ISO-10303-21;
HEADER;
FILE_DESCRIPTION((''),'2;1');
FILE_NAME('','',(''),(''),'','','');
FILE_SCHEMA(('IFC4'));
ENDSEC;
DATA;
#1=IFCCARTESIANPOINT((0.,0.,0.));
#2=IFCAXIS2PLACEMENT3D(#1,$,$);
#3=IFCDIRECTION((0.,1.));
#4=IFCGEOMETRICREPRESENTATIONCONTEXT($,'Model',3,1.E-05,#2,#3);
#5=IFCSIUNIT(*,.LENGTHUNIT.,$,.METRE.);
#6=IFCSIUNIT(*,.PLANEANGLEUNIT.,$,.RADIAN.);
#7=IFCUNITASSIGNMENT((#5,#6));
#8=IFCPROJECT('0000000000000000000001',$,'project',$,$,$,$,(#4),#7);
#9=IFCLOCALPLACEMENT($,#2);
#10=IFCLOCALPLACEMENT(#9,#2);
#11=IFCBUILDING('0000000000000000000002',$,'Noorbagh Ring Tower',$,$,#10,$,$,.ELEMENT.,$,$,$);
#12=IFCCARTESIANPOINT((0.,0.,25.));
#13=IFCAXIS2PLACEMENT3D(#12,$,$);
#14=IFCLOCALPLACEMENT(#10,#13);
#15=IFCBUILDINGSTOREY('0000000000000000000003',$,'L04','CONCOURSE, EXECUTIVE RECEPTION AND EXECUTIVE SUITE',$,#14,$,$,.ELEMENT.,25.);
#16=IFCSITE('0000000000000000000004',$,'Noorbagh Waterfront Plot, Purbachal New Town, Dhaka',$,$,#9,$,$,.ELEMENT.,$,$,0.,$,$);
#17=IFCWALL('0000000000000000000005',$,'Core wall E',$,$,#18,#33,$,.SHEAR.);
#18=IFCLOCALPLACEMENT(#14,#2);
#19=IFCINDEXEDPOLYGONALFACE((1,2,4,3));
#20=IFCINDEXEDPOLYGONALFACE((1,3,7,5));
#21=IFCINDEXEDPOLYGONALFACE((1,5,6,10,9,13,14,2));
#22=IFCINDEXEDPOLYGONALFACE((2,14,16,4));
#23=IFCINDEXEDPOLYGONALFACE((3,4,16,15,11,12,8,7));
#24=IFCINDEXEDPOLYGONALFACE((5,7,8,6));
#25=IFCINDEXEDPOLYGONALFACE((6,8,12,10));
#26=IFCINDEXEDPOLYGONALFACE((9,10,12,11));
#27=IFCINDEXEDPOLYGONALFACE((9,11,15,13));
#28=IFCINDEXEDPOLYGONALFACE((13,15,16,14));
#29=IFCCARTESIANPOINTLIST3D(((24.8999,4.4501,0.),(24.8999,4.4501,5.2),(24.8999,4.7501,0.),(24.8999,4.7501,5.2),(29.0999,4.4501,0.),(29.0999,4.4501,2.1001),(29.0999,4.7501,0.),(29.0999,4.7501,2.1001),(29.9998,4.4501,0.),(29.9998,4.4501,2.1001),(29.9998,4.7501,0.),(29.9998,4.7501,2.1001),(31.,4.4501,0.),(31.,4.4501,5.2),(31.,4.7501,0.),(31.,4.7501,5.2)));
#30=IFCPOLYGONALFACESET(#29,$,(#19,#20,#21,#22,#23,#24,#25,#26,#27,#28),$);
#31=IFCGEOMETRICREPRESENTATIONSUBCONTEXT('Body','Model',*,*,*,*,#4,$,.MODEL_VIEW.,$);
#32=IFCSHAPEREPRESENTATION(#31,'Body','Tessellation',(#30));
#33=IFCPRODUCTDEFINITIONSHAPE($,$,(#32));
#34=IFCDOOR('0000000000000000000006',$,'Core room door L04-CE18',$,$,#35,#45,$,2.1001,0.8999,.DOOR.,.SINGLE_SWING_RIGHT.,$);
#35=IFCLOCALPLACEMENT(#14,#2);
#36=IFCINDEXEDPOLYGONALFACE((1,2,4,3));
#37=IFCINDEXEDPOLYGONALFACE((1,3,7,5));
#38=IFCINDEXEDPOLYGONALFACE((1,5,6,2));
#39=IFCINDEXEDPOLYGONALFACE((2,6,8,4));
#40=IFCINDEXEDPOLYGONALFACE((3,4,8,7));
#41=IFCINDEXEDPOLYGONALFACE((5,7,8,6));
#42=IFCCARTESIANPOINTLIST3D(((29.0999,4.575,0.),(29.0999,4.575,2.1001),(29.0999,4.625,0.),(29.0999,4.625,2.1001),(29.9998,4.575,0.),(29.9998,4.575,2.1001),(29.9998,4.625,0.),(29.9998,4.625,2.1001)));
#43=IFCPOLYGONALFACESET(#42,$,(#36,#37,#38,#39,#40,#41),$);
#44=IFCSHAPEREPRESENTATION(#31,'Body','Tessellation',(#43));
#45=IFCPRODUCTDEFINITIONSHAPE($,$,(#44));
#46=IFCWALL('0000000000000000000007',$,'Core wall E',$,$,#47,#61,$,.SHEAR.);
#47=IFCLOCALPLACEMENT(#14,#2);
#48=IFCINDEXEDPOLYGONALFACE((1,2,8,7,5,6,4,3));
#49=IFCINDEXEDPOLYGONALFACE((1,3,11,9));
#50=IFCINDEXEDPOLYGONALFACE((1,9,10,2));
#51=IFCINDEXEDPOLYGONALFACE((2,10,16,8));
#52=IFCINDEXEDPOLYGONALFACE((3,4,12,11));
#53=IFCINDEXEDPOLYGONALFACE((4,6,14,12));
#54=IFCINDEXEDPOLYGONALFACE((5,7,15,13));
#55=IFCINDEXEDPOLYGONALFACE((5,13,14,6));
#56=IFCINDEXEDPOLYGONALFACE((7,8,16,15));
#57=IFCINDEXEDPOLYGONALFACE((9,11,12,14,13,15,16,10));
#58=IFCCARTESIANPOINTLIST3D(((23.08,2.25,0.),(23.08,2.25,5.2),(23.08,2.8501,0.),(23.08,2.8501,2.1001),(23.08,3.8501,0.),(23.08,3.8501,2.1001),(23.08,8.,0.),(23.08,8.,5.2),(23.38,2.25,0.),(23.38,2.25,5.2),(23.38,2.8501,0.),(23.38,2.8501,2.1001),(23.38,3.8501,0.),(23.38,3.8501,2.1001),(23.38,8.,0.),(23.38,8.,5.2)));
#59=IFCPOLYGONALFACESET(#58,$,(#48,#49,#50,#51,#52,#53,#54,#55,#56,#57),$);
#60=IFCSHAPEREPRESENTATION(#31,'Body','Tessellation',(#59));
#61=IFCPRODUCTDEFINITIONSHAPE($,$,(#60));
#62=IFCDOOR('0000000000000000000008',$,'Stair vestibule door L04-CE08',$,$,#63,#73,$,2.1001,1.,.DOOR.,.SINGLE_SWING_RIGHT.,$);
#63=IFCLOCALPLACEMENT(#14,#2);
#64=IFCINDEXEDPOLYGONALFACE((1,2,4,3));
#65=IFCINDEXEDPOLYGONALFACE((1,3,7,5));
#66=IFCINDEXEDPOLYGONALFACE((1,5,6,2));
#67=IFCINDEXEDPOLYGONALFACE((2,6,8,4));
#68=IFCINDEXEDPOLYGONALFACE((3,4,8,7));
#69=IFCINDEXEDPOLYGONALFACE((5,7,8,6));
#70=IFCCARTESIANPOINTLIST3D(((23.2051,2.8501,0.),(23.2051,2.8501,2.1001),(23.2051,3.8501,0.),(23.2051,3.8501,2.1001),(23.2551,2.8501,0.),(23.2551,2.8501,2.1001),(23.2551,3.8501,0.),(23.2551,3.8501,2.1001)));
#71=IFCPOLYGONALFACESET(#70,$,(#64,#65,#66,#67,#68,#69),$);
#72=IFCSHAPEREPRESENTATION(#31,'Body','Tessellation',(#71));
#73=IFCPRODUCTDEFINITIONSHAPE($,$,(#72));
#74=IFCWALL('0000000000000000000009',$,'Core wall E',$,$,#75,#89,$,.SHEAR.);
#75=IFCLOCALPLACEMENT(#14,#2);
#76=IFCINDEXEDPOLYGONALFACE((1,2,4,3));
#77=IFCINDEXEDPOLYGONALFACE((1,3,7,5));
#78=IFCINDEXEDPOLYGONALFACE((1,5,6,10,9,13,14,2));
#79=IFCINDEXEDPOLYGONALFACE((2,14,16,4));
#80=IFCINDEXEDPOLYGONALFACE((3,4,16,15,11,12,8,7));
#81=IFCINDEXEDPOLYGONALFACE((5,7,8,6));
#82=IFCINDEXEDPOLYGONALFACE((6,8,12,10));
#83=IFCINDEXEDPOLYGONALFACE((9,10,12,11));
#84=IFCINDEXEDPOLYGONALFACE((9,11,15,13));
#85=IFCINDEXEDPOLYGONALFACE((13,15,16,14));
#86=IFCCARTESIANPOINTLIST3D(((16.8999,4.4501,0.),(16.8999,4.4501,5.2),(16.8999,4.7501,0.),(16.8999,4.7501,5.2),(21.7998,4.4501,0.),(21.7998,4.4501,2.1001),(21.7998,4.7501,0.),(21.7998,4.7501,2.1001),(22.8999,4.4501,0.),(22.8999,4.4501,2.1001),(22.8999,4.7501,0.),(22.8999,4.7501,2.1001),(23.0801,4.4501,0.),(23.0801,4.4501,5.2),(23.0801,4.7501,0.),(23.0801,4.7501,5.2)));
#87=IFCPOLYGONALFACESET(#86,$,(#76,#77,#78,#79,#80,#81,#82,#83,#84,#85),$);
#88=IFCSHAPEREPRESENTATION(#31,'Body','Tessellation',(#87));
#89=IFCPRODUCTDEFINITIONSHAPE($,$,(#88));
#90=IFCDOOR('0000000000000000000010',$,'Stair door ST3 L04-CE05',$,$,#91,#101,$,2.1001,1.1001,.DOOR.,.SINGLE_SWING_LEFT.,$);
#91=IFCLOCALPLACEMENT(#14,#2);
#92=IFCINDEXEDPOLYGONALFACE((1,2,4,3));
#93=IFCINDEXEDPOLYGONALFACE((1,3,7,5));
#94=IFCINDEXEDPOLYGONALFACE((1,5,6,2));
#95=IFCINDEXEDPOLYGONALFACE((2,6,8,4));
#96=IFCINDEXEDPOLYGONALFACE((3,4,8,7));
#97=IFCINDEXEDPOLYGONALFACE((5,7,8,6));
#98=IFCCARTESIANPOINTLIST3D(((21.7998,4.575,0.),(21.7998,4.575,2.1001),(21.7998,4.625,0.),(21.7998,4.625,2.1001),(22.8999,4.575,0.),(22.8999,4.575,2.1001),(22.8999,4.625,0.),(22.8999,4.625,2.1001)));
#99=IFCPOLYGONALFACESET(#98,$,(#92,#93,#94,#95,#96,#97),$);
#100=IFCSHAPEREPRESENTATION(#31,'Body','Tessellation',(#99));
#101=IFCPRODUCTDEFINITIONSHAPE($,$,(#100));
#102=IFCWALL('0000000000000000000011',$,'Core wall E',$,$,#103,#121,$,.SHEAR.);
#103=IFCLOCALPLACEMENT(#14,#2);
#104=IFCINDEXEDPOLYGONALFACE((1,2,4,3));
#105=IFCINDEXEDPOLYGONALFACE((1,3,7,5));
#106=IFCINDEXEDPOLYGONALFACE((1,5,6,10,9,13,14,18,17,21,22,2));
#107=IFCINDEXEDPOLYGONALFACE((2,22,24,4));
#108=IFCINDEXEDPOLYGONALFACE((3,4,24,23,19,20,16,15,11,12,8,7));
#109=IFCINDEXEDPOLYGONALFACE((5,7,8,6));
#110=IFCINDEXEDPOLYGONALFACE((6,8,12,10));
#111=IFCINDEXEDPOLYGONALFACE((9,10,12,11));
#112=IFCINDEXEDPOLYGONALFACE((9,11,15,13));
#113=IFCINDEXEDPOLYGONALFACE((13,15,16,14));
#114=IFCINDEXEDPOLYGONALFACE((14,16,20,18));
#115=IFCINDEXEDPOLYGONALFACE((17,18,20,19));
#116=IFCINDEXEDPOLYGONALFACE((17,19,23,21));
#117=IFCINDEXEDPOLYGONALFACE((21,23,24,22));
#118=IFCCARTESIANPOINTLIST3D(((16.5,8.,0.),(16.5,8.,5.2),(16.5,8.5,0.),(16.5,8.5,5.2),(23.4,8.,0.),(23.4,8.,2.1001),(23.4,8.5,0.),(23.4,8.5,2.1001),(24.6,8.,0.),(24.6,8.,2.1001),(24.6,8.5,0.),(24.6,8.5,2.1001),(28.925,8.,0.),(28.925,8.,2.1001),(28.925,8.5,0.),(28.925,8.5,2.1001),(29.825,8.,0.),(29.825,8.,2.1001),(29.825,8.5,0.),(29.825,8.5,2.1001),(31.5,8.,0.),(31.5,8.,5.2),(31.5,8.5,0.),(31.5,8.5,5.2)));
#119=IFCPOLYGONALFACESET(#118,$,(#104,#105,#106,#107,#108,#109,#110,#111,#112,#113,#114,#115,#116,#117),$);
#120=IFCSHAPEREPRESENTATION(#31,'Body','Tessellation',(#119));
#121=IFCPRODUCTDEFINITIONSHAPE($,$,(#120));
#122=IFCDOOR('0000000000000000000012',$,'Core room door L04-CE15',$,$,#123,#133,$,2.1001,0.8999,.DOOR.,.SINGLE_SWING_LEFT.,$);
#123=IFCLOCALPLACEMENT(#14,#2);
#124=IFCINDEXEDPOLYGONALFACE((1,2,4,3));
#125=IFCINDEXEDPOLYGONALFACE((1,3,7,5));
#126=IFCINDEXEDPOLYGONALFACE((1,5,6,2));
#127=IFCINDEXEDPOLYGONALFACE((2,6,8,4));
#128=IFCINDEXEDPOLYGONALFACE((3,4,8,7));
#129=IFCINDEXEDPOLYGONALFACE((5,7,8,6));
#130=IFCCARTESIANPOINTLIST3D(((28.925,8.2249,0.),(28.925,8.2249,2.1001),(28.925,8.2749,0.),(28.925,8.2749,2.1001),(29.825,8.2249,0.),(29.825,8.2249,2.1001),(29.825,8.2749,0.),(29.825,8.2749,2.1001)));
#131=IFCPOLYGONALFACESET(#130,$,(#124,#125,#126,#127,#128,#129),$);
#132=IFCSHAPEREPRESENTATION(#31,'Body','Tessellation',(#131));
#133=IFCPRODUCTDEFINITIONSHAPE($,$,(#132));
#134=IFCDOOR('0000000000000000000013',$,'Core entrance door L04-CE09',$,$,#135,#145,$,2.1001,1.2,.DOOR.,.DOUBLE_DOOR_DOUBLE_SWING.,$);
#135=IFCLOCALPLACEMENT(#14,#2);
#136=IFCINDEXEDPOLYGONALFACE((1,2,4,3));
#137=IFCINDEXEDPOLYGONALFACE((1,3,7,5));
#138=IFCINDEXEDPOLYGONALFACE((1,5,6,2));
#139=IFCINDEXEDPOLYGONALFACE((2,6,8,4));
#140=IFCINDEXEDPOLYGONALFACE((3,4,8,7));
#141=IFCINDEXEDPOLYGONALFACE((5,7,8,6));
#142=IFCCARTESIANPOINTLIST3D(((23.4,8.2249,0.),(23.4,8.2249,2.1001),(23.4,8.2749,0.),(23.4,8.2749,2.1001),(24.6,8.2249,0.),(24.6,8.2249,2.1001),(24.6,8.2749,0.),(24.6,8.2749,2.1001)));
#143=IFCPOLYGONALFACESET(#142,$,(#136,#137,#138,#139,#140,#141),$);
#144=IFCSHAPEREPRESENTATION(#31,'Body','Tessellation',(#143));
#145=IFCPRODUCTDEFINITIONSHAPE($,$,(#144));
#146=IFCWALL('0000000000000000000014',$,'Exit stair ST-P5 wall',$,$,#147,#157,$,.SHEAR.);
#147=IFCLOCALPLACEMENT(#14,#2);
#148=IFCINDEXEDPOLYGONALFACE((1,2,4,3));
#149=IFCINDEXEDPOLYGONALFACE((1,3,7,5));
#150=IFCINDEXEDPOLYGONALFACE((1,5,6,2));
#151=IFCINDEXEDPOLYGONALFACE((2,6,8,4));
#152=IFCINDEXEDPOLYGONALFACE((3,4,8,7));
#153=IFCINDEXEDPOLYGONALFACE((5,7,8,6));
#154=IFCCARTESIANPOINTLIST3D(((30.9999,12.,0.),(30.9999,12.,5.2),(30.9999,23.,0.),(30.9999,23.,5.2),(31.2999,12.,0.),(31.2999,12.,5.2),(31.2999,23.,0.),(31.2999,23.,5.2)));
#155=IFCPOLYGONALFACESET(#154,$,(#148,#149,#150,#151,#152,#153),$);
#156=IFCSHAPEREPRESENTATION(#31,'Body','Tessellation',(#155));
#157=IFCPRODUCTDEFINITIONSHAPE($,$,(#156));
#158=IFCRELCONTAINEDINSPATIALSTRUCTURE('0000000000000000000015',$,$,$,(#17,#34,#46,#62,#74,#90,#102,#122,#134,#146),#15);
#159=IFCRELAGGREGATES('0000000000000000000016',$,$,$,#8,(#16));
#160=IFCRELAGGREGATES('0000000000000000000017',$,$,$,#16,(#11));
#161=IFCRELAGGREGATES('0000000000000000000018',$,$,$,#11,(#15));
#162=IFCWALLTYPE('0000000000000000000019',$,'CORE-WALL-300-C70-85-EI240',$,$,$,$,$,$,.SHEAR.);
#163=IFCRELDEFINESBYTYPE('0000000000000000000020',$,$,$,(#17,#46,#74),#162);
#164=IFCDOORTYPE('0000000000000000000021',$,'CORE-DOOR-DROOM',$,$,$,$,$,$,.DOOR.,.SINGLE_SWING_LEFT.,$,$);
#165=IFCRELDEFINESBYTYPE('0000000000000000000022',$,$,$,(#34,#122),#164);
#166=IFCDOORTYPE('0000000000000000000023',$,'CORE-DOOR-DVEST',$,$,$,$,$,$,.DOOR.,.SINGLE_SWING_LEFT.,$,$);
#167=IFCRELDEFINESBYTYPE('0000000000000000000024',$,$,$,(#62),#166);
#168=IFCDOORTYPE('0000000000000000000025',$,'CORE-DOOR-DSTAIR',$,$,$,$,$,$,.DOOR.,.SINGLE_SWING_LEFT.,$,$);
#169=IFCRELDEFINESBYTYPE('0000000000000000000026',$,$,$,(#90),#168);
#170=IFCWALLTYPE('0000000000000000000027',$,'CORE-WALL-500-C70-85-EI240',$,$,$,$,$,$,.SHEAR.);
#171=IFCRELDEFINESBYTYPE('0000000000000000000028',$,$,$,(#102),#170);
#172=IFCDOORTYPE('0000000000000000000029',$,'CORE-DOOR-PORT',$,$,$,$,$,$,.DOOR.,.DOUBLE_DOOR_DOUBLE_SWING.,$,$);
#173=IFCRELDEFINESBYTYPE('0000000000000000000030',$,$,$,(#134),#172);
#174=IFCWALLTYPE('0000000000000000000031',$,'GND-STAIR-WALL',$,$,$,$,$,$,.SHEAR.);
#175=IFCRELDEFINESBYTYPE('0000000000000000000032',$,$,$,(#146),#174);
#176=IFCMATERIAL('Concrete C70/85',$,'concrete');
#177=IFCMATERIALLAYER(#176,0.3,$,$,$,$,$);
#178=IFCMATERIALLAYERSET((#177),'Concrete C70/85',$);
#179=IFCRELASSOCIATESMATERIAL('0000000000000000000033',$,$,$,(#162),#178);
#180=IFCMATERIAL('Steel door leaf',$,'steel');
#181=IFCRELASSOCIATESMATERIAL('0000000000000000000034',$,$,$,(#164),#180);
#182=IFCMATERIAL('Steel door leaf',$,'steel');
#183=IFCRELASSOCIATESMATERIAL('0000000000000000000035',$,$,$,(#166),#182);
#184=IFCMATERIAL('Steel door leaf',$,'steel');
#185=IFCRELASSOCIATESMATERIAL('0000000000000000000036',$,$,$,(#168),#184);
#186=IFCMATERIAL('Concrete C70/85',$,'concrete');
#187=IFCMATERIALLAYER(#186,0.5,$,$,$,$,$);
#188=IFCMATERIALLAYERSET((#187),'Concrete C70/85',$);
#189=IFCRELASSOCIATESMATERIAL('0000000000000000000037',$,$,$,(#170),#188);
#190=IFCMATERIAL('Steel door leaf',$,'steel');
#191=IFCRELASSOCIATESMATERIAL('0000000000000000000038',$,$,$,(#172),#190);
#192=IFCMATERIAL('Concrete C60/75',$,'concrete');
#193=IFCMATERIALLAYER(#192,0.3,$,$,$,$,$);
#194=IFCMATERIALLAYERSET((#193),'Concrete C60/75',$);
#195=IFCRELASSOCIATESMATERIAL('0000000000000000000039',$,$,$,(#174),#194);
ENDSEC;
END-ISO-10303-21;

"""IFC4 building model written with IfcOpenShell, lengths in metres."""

from ifc_helpers import new_model, si_unit, direction, frame, frame_2d, origin, place, context, subcontext, project, spatial, rectangle, extrude, material, layer, layer_set, type_object, element, fill, save


model = new_model("IFC4")

# Units and contexts
model_context = context("Model", 3, precision=1e-05, world=origin(), true_north=direction((0.0, 1.0)))
body_context = subcontext(model_context, "Body", "Model", "MODEL_VIEW")
ifc_project = project(units=[si_unit("LENGTHUNIT", "METRE"), si_unit("PLANEANGLEUNIT", "RADIAN")], contexts=[model_context])

# Site, building, storey
site_placement = place(None, origin())
site = spatial("IfcSite", under=ifc_project, at=site_placement, Name="Noorbagh Waterfront Plot, Purbachal New Town, Dhaka", CompositionType="ELEMENT", RefElevation=0.0)
building_placement = place(site_placement, origin())
building = spatial("IfcBuilding", under=site, at=building_placement, Name="Noorbagh Ring Tower", CompositionType="ELEMENT")
storey_placement = place(building_placement, frame((0.0, 0.0, 25.0)))
storey = spatial("IfcBuildingStorey", under=building, at=storey_placement, Name="L04", Description="CONCOURSE, EXECUTIVE RECEPTION AND EXECUTIVE SUITE", CompositionType="ELEMENT", Elevation=25.0)

# Walls, openings, doors
ifc_material_1 = material(Name="Concrete C70/85", Category="concrete")
ifc_layer_1 = layer(ifc_material_1, 0.3)
ifc_layer_set_1 = layer_set([ifc_layer_1], Name="Concrete C70/85")
wall_type_1 = type_object("IfcWallType", Name="CORE-WALL-300-C70-85-EI240", PredefinedType="SHEAR", material=ifc_layer_set_1)
wall_1_placement = place(storey_placement, frame((24.8999, 4.6001, 0.0), z_axis=(0.0, 0.0, 1.0), x_axis=(1.0, 0.0, 0.0)))
wall_1 = element("IfcWall", 1, at=wall_1_placement, inside=storey, type_object=wall_type_1, Name="Core wall E", PredefinedType="SHEAR", context=body_context, shape_type="SweptSolid", body=[
    extrude(rectangle(XDim=6.1001, YDim=0.3, at=frame_2d((3.05, 0.0))), origin(), (0.0, 0.0, 1.0), 5.2),
])
opening_1_placement = place(wall_1_placement, frame((4.2, 0.0, 0.0)))
opening_1 = element("IfcOpeningElement", 2, at=opening_1_placement, cuts=wall_1, PredefinedType="OPENING", context=body_context, shape_type="SweptSolid", body=[
    extrude(rectangle(XDim=0.8999, YDim=2.1001, at=frame_2d((0.45, 1.05))), frame((0.0, 0.1602, 0.0), z_axis=(0.0, -1.0, 0.0), x_axis=(1.0, 0.0, 0.0)), (0.0, 0.0, 1.0), 0.3201),
])
ifc_material_2 = material(Name="Steel door leaf", Category="steel")
door_type_1 = type_object("IfcDoorType", Name="CORE-DOOR-DROOM", OperationType="SINGLE_SWING_LEFT", PredefinedType="DOOR", material=ifc_material_2)
door_1_placement = place(opening_1_placement, origin())
door_1 = element("IfcDoor", 3, at=door_1_placement, inside=storey, type_object=door_type_1, Name="Core room door L04-CE18", OperationType="SINGLE_SWING_RIGHT", OverallHeight=2.1001, OverallWidth=0.8999, PredefinedType="DOOR", context=body_context, shape_type="SweptSolid", body=[
    extrude(rectangle(XDim=0.8999, YDim=2.1001, at=frame_2d((0.45, 1.05))), frame((0.0, 0.0249, 0.0), z_axis=(0.0, -1.0, 0.0), x_axis=(1.0, 0.0, 0.0)), (0.0, 0.0, 1.0), 0.05),
])
fill(opening_1, door_1)
wall_2_placement = place(storey_placement, frame((23.23, 2.25, 0.0), z_axis=(0.0, 0.0, 1.0), x_axis=(0.0, 1.0, 0.0)))
wall_2 = element("IfcWall", 4, at=wall_2_placement, inside=storey, type_object=wall_type_1, Name="Core wall E", PredefinedType="SHEAR", context=body_context, shape_type="SweptSolid", body=[
    extrude(rectangle(XDim=5.75, YDim=0.3, at=frame_2d((2.875, 0.0))), origin(), (0.0, 0.0, 1.0), 5.2),
])
opening_2_placement = place(wall_2_placement, frame((0.6001, 0.0, 0.0)))
opening_2 = element("IfcOpeningElement", 5, at=opening_2_placement, cuts=wall_2, PredefinedType="OPENING", context=body_context, shape_type="SweptSolid", body=[
    extrude(rectangle(XDim=1.0, YDim=2.1001, at=frame_2d((0.5, 1.05))), frame((0.0, 0.1602, 0.0), z_axis=(0.0, -1.0, 0.0), x_axis=(1.0, 0.0, 0.0)), (0.0, 0.0, 1.0), 0.3201),
])
ifc_material_3 = material(Name="Steel door leaf", Category="steel")
door_type_2 = type_object("IfcDoorType", Name="CORE-DOOR-DVEST", OperationType="SINGLE_SWING_LEFT", PredefinedType="DOOR", material=ifc_material_3)
door_2_placement = place(opening_2_placement, origin())
door_2 = element("IfcDoor", 6, at=door_2_placement, inside=storey, type_object=door_type_2, Name="Stair vestibule door L04-CE08", OperationType="SINGLE_SWING_RIGHT", OverallHeight=2.1001, OverallWidth=1.0, PredefinedType="DOOR", context=body_context, shape_type="SweptSolid", body=[
    extrude(rectangle(XDim=1.0, YDim=2.1001, at=frame_2d((0.5, 1.05))), frame((0.0, 0.0249, 0.0), z_axis=(0.0, -1.0, 0.0), x_axis=(1.0, 0.0, 0.0)), (0.0, 0.0, 1.0), 0.05),
])
fill(opening_2, door_2)
wall_3_placement = place(storey_placement, frame((16.8999, 4.6001, 0.0), z_axis=(0.0, 0.0, 1.0), x_axis=(1.0, 0.0, 0.0)))
wall_3 = element("IfcWall", 7, at=wall_3_placement, inside=storey, type_object=wall_type_1, Name="Core wall E", PredefinedType="SHEAR", context=body_context, shape_type="SweptSolid", body=[
    extrude(rectangle(XDim=6.1802, YDim=0.3, at=frame_2d((3.0901, 0.0))), origin(), (0.0, 0.0, 1.0), 5.2),
])
opening_3_placement = place(wall_3_placement, frame((4.8999, 0.0, 0.0)))
opening_3 = element("IfcOpeningElement", 8, at=opening_3_placement, cuts=wall_3, PredefinedType="OPENING", context=body_context, shape_type="SweptSolid", body=[
    extrude(rectangle(XDim=1.1001, YDim=2.1001, at=frame_2d((0.55, 1.05))), frame((0.0, 0.1602, 0.0), z_axis=(0.0, -1.0, 0.0), x_axis=(1.0, 0.0, 0.0)), (0.0, 0.0, 1.0), 0.3201),
])
ifc_material_4 = material(Name="Steel door leaf", Category="steel")
door_type_3 = type_object("IfcDoorType", Name="CORE-DOOR-DSTAIR", OperationType="SINGLE_SWING_LEFT", PredefinedType="DOOR", material=ifc_material_4)
door_3_placement = place(opening_3_placement, origin())
door_3 = element("IfcDoor", 9, at=door_3_placement, inside=storey, type_object=door_type_3, Name="Stair door ST3 L04-CE05", OperationType="SINGLE_SWING_LEFT", OverallHeight=2.1001, OverallWidth=1.1001, PredefinedType="DOOR", context=body_context, shape_type="SweptSolid", body=[
    extrude(rectangle(XDim=1.1001, YDim=2.1001, at=frame_2d((0.55, 1.05))), frame((0.0, 0.0249, 0.0), z_axis=(0.0, -1.0, 0.0), x_axis=(1.0, 0.0, 0.0)), (0.0, 0.0, 1.0), 0.05),
])
fill(opening_3, door_3)

# Wall, openings, doors
ifc_material_5 = material(Name="Concrete C70/85", Category="concrete")
ifc_layer_2 = layer(ifc_material_5, 0.5)
ifc_layer_set_2 = layer_set([ifc_layer_2], Name="Concrete C70/85")
wall_type_2 = type_object("IfcWallType", Name="CORE-WALL-500-C70-85-EI240", PredefinedType="SHEAR", material=ifc_layer_set_2)
wall_4_placement = place(storey_placement, frame((16.5, 8.25, 0.0), z_axis=(0.0, 0.0, 1.0), x_axis=(1.0, 0.0, 0.0)))
wall_4 = element("IfcWall", 10, at=wall_4_placement, inside=storey, type_object=wall_type_2, Name="Core wall E", PredefinedType="SHEAR", context=body_context, shape_type="SweptSolid", body=[
    extrude(rectangle(XDim=15.0, YDim=0.5, at=frame_2d((7.5, 0.0))), origin(), (0.0, 0.0, 1.0), 5.2),
])
opening_4_placement = place(wall_4_placement, frame((6.8999, 0.0, 0.0)))
opening_4 = element("IfcOpeningElement", 11, at=opening_4_placement, cuts=wall_4, PredefinedType="OPENING", context=body_context, shape_type="SweptSolid", body=[
    extrude(rectangle(XDim=1.2, YDim=2.1001, at=frame_2d((0.6001, 1.05))), frame((0.0, 0.26, 0.0), z_axis=(0.0, -1.0, 0.0), x_axis=(1.0, 0.0, 0.0)), (0.0, 0.0, 1.0), 0.52),
])
opening_5_placement = place(wall_4_placement, frame((12.425, 0.0, 0.0)))
opening_5 = element("IfcOpeningElement", 12, at=opening_5_placement, cuts=wall_4, PredefinedType="OPENING", context=body_context, shape_type="SweptSolid", body=[
    extrude(rectangle(XDim=0.8999, YDim=2.1001, at=frame_2d((0.45, 1.05))), frame((0.0, 0.26, 0.0), z_axis=(0.0, -1.0, 0.0), x_axis=(1.0, 0.0, 0.0)), (0.0, 0.0, 1.0), 0.52),
])
door_4_placement = place(opening_5_placement, origin())
door_4 = element("IfcDoor", 13, at=door_4_placement, inside=storey, type_object=door_type_1, Name="Core room door L04-CE15", OperationType="SINGLE_SWING_LEFT", OverallHeight=2.1001, OverallWidth=0.8999, PredefinedType="DOOR", context=body_context, shape_type="SweptSolid", body=[
    extrude(rectangle(XDim=0.8999, YDim=2.1001, at=frame_2d((0.45, 1.05))), frame((0.0, 0.0249, 0.0), z_axis=(0.0, -1.0, 0.0), x_axis=(1.0, 0.0, 0.0)), (0.0, 0.0, 1.0), 0.05),
])
fill(opening_5, door_4)
ifc_material_6 = material(Name="Steel door leaf", Category="steel")
door_type_4 = type_object("IfcDoorType", Name="CORE-DOOR-PORT", OperationType="DOUBLE_DOOR_DOUBLE_SWING", PredefinedType="DOOR", material=ifc_material_6)
door_5_placement = place(opening_4_placement, origin())
door_5 = element("IfcDoor", 14, at=door_5_placement, inside=storey, type_object=door_type_4, Name="Core entrance door L04-CE09", OperationType="DOUBLE_DOOR_DOUBLE_SWING", OverallHeight=2.1001, OverallWidth=1.2, PredefinedType="DOOR", context=body_context, shape_type="SweptSolid", body=[
    extrude(rectangle(XDim=1.2, YDim=2.1001, at=frame_2d((0.6001, 1.05))), frame((0.0, 0.0249, 0.0), z_axis=(0.0, -1.0, 0.0), x_axis=(1.0, 0.0, 0.0)), (0.0, 0.0, 1.0), 0.05),
])
fill(opening_4, door_5)

# Wall
ifc_material_7 = material(Name="Concrete C60/75", Category="concrete")
ifc_layer_3 = layer(ifc_material_7, 0.3)
ifc_layer_set_3 = layer_set([ifc_layer_3], Name="Concrete C60/75")
wall_type_3 = type_object("IfcWallType", Name="GND-STAIR-WALL", PredefinedType="SHEAR", material=ifc_layer_set_3)
wall_5_placement = place(storey_placement, frame((31.1499, 12.0, 0.0), z_axis=(0.0, 0.0, 1.0), x_axis=(0.0, 1.0, 0.0)))
element("IfcWall", 15, at=wall_5_placement, inside=storey, type_object=wall_type_3, Name="Exit stair ST-P5 wall", PredefinedType="SHEAR", context=body_context, shape_type="SweptSolid", body=[
    extrude(rectangle(XDim=11.0, YDim=0.3, at=frame_2d((5.5, 0.0))), origin(), (0.0, 0.0, 1.0), 5.2),
])

save(model, "model.ifc")
